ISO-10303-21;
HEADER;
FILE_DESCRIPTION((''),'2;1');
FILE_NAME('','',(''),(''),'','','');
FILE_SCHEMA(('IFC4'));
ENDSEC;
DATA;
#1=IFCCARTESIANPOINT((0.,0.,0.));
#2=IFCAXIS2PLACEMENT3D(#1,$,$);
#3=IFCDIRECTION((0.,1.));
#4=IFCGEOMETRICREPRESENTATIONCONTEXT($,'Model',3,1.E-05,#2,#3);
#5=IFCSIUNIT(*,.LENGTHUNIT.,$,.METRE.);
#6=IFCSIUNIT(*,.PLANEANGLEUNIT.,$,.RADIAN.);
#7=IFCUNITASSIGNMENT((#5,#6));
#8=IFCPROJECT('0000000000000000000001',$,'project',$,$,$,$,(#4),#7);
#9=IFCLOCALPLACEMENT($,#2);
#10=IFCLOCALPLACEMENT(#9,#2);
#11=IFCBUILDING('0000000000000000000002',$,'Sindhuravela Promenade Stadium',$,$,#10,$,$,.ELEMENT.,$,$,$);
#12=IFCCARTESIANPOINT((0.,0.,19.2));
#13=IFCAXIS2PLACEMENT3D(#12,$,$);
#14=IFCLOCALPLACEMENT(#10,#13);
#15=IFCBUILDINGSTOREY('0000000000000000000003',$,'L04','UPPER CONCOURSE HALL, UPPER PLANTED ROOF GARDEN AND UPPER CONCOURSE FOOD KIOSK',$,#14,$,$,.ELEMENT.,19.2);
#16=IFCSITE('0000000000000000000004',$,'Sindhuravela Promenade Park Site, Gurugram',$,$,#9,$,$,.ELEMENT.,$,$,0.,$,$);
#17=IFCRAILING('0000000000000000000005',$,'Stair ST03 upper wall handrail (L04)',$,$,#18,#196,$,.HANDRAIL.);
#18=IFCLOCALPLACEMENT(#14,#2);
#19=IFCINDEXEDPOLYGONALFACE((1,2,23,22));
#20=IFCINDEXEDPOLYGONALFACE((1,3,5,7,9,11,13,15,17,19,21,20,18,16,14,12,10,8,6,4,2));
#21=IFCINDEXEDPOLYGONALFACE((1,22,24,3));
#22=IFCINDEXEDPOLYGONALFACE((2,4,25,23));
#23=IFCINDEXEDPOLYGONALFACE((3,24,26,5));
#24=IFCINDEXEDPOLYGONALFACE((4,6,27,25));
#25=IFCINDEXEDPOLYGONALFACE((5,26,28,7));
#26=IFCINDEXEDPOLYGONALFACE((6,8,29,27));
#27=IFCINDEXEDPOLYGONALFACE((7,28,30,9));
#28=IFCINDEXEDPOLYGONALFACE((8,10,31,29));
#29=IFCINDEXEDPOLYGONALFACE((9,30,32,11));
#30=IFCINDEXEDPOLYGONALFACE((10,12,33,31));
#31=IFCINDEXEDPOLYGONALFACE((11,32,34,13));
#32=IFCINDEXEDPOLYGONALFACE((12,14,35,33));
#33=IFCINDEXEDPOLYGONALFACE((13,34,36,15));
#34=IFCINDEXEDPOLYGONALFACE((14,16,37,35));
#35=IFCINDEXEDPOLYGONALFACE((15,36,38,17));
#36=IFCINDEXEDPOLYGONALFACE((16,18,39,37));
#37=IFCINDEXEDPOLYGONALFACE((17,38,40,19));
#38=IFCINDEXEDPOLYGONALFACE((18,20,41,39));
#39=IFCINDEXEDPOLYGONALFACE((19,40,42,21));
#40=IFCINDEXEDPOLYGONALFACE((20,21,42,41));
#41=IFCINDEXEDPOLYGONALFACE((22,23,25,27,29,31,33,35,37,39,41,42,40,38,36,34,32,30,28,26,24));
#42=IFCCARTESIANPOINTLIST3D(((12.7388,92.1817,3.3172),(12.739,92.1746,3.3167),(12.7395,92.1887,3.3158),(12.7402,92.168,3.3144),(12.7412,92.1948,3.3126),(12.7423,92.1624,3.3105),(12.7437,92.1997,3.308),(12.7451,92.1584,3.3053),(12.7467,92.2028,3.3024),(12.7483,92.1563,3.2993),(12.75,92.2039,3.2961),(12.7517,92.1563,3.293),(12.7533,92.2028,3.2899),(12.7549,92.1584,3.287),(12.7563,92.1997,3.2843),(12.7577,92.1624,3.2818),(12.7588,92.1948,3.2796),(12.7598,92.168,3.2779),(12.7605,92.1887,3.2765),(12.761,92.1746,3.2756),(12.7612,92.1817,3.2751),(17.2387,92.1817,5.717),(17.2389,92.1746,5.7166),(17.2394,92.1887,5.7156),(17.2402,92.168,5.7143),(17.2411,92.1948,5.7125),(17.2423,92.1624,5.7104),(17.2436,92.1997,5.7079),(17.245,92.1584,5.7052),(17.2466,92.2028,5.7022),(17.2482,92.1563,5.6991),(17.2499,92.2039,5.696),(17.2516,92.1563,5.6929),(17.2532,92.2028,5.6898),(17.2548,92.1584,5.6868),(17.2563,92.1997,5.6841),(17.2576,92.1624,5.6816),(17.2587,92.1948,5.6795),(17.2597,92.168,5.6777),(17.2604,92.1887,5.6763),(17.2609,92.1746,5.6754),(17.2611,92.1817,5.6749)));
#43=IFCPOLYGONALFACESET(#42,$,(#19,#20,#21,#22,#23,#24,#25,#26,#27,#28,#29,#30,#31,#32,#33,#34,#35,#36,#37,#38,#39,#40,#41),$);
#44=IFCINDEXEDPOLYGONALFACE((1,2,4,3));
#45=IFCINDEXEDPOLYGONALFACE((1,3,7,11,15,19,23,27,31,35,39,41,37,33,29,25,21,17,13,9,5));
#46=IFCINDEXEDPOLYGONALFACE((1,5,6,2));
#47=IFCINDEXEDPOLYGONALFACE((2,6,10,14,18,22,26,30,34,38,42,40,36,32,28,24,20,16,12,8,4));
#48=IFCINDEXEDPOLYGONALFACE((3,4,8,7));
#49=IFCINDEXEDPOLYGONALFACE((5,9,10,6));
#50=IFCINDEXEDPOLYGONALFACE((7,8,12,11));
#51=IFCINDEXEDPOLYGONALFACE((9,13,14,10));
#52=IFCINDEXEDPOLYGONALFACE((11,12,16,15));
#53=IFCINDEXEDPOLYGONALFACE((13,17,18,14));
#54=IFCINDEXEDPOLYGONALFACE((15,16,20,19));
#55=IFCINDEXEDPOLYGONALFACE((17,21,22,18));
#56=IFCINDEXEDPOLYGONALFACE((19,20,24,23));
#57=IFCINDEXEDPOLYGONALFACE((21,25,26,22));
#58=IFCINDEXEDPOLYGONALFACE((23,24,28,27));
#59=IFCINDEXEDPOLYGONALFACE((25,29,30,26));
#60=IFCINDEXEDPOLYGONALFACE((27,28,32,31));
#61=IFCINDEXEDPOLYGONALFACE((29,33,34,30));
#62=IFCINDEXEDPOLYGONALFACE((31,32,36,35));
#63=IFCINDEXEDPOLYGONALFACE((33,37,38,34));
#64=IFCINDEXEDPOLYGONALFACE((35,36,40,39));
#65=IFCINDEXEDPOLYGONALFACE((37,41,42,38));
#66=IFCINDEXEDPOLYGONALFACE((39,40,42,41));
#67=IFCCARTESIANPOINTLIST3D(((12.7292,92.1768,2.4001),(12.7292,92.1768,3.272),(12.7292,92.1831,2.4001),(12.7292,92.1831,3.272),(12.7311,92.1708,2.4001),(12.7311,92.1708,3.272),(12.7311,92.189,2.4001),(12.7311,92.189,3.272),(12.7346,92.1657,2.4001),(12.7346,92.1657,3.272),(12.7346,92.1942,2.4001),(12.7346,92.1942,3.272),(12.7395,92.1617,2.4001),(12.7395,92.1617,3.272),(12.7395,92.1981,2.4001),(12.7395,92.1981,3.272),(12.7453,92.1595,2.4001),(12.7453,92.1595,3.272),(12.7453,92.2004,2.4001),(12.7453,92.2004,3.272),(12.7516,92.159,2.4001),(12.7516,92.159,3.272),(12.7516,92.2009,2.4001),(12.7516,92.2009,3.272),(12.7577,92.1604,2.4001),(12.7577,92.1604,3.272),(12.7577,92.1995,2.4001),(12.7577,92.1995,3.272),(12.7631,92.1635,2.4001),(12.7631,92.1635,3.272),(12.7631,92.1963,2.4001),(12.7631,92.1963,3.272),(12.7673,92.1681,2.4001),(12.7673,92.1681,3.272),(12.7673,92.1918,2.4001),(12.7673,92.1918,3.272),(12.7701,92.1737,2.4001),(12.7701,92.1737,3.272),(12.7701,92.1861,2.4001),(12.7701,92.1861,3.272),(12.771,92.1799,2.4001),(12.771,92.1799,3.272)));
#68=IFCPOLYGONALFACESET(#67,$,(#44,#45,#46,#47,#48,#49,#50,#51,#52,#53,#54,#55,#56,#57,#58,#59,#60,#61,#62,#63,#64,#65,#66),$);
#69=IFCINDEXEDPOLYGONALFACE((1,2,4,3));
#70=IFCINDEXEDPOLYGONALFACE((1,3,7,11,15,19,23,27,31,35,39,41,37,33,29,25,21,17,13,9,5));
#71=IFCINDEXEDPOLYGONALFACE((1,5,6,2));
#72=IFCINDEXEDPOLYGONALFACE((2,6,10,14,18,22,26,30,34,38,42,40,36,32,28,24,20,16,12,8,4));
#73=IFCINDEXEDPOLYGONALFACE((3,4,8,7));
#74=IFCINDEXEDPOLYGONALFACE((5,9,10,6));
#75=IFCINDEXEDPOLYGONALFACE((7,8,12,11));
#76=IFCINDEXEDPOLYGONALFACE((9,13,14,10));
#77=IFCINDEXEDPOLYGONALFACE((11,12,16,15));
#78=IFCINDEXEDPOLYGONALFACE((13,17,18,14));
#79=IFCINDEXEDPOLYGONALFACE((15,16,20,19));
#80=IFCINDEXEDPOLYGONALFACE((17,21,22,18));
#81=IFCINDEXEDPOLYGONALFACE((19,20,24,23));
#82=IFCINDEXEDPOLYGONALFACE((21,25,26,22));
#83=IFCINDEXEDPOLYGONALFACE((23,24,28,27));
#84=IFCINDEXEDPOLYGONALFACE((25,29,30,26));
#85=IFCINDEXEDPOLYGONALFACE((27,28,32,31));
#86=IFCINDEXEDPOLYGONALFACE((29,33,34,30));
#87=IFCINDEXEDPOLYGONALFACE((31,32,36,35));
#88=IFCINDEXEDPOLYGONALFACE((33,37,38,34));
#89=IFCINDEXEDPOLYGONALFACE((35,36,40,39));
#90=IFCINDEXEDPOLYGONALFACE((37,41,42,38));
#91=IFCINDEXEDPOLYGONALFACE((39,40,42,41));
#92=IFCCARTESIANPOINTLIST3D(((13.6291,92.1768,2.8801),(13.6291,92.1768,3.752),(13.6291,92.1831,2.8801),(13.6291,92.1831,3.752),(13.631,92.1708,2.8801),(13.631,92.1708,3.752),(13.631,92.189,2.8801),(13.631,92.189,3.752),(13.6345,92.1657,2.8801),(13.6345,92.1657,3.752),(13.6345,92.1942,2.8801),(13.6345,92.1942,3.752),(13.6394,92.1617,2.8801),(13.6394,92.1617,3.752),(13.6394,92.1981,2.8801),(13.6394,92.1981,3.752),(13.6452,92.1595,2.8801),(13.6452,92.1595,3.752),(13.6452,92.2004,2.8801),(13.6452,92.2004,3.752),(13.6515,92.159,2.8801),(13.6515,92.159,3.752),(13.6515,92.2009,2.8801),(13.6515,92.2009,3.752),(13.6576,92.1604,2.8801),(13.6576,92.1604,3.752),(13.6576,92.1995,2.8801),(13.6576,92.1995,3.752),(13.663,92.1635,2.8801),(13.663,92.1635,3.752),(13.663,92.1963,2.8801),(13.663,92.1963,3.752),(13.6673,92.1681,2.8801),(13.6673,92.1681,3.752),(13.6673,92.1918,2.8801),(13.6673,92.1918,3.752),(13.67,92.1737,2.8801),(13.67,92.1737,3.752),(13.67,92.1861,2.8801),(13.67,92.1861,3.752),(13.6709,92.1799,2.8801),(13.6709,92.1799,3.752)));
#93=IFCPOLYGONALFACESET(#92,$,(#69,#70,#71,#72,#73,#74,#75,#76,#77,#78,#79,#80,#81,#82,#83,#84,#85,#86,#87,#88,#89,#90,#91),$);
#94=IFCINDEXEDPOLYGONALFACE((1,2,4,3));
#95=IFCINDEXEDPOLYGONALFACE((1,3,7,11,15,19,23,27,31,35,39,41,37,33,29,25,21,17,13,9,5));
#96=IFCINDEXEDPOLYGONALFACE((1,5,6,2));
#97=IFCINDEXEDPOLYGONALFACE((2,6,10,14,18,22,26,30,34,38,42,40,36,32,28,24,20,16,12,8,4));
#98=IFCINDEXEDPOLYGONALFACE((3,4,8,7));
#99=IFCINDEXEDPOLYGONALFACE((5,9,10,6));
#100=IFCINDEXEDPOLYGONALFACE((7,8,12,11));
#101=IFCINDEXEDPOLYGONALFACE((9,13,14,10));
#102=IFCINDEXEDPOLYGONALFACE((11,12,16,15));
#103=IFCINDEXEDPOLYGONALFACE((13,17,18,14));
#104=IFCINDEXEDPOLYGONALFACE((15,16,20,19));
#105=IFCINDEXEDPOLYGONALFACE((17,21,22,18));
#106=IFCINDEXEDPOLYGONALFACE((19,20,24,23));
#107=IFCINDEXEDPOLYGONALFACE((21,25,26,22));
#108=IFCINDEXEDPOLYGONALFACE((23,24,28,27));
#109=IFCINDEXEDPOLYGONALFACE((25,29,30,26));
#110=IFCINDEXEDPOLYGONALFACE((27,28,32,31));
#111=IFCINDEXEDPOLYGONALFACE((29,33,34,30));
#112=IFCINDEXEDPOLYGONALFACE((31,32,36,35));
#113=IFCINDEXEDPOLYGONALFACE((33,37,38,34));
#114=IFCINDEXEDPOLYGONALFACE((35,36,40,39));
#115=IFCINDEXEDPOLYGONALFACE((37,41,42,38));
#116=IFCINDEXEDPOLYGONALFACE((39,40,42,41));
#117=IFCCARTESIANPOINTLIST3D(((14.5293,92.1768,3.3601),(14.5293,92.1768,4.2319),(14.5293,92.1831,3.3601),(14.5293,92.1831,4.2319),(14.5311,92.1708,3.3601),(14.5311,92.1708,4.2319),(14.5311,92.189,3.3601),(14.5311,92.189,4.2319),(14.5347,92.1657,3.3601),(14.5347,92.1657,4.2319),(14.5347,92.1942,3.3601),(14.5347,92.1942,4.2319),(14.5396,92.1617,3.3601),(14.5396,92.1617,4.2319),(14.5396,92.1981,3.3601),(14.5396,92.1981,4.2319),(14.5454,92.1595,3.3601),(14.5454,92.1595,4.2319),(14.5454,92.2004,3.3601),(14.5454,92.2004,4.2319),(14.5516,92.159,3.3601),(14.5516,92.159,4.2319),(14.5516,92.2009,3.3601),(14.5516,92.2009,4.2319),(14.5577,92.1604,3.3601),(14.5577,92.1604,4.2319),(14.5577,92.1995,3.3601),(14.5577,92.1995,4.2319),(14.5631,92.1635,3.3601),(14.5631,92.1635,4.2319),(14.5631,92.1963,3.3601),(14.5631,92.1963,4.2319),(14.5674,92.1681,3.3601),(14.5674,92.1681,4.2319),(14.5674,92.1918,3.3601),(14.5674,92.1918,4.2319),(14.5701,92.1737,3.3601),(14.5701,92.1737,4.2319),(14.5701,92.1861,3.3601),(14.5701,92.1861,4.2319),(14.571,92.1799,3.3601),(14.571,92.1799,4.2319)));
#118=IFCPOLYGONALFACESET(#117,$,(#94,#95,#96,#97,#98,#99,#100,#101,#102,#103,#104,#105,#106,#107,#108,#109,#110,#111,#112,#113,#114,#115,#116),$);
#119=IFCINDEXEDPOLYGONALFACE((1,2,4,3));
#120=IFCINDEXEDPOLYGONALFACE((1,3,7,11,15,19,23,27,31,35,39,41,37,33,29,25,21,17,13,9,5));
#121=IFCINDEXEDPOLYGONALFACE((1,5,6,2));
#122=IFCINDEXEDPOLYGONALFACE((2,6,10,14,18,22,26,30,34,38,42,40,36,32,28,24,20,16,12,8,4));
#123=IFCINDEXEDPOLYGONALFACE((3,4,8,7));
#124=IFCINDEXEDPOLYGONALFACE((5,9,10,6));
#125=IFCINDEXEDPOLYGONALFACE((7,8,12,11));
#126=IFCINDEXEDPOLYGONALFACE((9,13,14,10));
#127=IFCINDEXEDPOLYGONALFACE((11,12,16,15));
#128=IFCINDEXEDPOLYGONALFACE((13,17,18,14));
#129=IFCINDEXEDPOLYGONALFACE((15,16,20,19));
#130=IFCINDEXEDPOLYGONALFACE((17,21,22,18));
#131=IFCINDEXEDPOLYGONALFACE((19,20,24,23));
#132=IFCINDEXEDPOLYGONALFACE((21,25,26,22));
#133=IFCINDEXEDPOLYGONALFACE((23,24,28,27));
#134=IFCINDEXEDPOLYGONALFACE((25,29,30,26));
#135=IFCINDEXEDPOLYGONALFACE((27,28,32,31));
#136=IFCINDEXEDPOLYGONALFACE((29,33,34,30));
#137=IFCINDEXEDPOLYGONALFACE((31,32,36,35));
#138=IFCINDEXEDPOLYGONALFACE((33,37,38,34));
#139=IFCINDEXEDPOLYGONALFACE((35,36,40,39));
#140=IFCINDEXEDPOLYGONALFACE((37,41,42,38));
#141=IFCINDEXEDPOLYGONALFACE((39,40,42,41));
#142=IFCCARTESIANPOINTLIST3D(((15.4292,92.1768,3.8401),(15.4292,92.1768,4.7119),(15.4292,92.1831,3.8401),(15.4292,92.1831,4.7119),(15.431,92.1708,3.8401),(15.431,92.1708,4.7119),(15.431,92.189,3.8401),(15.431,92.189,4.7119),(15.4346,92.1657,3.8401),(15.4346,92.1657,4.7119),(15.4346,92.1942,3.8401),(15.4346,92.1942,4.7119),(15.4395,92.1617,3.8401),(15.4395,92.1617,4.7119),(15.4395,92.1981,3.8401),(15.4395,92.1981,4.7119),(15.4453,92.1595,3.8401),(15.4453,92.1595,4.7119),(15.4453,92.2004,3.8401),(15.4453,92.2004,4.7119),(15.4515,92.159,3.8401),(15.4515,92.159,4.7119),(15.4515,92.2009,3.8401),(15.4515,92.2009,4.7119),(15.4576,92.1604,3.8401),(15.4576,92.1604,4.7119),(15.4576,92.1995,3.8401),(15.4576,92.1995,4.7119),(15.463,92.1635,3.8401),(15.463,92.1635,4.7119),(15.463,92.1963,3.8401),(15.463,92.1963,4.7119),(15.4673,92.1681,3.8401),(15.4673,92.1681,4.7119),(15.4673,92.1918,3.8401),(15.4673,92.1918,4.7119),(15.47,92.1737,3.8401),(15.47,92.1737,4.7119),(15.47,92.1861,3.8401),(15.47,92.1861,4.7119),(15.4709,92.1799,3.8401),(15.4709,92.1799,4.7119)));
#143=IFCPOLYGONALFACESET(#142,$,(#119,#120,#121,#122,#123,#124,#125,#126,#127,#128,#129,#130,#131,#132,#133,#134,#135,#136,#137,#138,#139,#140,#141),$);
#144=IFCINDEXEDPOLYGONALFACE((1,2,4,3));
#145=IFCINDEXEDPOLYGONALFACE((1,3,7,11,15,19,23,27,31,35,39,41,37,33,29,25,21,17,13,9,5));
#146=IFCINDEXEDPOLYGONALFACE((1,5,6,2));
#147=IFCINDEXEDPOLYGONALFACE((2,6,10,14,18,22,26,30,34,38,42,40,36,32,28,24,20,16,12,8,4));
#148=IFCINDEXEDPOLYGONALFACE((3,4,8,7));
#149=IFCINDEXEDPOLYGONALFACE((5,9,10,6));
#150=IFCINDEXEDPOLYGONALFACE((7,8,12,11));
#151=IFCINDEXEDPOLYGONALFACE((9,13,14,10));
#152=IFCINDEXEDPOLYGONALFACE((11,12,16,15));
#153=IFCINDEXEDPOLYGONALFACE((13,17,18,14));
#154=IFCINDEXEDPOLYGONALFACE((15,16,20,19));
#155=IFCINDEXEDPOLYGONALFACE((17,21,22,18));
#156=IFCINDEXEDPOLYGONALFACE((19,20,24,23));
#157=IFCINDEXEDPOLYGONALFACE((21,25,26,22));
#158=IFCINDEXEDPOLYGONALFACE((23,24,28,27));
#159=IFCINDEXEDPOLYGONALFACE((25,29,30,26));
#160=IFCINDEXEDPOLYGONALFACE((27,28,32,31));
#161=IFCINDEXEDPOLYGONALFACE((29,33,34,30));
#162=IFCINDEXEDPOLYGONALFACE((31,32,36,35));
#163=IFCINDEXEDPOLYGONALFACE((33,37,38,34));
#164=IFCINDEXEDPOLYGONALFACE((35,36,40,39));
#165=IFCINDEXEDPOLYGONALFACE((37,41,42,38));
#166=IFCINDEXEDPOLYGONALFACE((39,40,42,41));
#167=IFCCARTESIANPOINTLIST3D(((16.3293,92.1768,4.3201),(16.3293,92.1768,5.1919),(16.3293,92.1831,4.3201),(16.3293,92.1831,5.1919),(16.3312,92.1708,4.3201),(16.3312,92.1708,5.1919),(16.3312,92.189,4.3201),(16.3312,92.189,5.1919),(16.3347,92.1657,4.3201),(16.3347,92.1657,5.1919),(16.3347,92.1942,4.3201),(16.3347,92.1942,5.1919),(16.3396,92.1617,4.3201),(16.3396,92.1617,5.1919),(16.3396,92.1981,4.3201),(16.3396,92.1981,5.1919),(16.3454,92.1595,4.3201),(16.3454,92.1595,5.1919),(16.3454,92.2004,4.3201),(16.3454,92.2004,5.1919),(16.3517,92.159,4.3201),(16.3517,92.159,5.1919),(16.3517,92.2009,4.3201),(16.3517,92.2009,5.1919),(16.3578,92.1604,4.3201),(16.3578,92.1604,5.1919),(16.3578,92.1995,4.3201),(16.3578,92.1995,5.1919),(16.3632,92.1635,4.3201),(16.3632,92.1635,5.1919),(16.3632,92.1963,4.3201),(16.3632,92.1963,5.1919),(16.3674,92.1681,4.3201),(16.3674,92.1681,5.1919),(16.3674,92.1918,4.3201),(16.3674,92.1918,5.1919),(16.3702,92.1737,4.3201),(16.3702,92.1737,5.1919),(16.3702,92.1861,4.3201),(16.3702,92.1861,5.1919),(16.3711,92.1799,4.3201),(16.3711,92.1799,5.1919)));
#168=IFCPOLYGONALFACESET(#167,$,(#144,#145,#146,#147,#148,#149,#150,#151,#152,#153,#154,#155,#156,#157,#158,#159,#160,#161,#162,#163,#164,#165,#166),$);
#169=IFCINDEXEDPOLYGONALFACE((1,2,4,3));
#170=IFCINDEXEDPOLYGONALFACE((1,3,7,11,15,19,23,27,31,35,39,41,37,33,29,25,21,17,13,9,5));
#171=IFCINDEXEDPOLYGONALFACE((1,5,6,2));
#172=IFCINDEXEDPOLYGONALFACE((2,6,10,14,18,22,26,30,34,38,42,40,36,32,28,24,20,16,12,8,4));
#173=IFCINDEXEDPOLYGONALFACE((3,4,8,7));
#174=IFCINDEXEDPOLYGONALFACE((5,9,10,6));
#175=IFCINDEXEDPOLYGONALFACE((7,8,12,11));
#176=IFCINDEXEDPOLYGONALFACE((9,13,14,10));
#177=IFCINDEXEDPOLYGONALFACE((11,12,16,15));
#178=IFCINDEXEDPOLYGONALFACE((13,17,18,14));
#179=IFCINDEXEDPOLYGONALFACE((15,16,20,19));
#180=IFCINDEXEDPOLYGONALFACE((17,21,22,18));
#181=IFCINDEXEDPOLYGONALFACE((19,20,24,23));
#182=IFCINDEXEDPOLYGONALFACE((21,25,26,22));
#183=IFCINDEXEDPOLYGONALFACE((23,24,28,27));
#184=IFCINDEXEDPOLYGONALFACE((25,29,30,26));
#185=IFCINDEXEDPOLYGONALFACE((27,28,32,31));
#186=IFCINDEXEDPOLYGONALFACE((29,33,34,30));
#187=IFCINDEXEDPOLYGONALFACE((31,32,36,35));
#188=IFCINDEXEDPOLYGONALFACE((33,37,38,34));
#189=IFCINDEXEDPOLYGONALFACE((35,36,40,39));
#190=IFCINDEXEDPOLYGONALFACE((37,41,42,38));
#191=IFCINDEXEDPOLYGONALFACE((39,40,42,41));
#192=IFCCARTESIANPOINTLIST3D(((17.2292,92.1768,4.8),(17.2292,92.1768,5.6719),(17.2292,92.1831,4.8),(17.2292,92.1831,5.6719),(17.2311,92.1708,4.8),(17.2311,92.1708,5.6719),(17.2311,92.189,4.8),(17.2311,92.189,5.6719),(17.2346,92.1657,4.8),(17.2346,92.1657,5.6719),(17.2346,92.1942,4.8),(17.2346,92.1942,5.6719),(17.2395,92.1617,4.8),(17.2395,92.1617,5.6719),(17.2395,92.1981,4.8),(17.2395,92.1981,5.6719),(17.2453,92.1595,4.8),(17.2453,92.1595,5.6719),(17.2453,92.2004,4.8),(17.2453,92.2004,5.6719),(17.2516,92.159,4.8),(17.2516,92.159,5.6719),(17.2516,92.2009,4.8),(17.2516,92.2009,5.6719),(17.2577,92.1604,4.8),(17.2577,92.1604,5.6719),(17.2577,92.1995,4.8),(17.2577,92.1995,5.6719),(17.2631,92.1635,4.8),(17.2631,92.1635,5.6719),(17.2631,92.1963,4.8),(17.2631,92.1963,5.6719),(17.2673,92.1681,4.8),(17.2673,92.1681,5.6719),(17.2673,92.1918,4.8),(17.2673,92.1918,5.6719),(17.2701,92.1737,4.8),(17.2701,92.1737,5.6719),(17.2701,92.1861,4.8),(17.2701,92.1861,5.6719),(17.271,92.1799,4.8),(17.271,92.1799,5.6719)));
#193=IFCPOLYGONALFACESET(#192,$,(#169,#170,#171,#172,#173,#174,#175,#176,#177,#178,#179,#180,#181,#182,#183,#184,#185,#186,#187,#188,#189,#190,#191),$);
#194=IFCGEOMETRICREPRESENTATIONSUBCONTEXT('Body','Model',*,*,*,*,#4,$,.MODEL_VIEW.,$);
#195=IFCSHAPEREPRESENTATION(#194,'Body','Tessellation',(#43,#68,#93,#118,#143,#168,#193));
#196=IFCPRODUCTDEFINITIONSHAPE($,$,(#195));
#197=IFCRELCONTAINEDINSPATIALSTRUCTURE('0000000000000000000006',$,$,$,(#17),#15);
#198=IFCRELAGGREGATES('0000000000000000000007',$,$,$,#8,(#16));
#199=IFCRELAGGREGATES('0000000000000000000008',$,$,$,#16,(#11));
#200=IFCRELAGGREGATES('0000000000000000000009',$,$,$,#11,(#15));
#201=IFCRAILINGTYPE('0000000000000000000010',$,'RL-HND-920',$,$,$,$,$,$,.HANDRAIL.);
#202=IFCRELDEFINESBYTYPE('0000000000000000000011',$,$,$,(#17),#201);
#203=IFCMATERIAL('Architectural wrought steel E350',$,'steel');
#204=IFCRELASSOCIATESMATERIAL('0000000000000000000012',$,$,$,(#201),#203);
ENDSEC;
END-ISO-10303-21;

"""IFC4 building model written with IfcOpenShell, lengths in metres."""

from ifc_helpers import new_model, si_unit, direction, frame, origin, origin_2d, place, context, subcontext, project, spatial, circle, extrude, material, type_object, element, save


model = new_model("IFC4")

# Units and contexts
model_context = context("Model", 3, precision=1e-05, world=origin(), true_north=direction((0.0, 1.0)))
body_context = subcontext(model_context, "Body", "Model", "MODEL_VIEW")
ifc_project = project(units=[si_unit("LENGTHUNIT", "METRE"), si_unit("PLANEANGLEUNIT", "RADIAN")], contexts=[model_context])

# Site, building, storey
site_placement = place(None, origin())
site = spatial("IfcSite", under=ifc_project, at=site_placement, Name="Sindhuravela Promenade Park Site, Gurugram", CompositionType="ELEMENT", RefElevation=0.0)
building_placement = place(site_placement, origin())
building = spatial("IfcBuilding", under=site, at=building_placement, Name="Sindhuravela Promenade Stadium", CompositionType="ELEMENT")
storey_placement = place(building_placement, frame((0.0, 0.0, 19.2)))
storey = spatial("IfcBuildingStorey", under=building, at=storey_placement, Name="L04", Description="UPPER CONCOURSE HALL, UPPER PLANTED ROOF GARDEN AND UPPER CONCOURSE FOOD KIOSK", CompositionType="ELEMENT", Elevation=19.2)

# Shared definitions
ifc_material_1 = material(Name="Architectural wrought steel E350", Category="steel")

# Railing
railing_type = type_object("IfcRailingType", Name="RL-HND-920", PredefinedType="HANDRAIL", material=ifc_material_1)
railing_placement = place(storey_placement, frame((12.75, 92.1799, 2.4001)))
element("IfcRailing", 1, at=railing_placement, inside=storey, type_object=railing_type, Name="Stair ST03 upper wall handrail (L04)", PredefinedType="HANDRAIL", context=body_context, shape_type="SweptSolid", body=[
    extrude(circle(Radius=0.0239, at=origin_2d()), frame((0.0, 0.0, 0.896), z_axis=(0.882361, 0.0, 0.470573), x_axis=(0.0, 1.0, 0.0)), (0.0, 0.0, 1.0), 5.0999),
    extrude(circle(Radius=0.021, at=origin_2d()), origin(), (0.0, 0.0, 1.0), 0.8718),
    extrude(circle(Radius=0.021, at=origin_2d()), frame((0.8999, 0.0, 0.48)), (0.0, 0.0, 1.0), 0.8718),
    extrude(circle(Radius=0.021, at=origin_2d()), frame((1.8, 0.0, 0.96)), (0.0, 0.0, 1.0), 0.8718),
    extrude(circle(Radius=0.021, at=origin_2d()), frame((2.7, 0.0, 1.4399)), (0.0, 0.0, 1.0), 0.8718),
    extrude(circle(Radius=0.021, at=origin_2d()), frame((3.6001, 0.0, 1.9199)), (0.0, 0.0, 1.0), 0.8718),
    extrude(circle(Radius=0.021, at=origin_2d()), frame((4.5, 0.0, 2.3999)), (0.0, 0.0, 1.0), 0.8718),
])

save(model, "model.ifc")
